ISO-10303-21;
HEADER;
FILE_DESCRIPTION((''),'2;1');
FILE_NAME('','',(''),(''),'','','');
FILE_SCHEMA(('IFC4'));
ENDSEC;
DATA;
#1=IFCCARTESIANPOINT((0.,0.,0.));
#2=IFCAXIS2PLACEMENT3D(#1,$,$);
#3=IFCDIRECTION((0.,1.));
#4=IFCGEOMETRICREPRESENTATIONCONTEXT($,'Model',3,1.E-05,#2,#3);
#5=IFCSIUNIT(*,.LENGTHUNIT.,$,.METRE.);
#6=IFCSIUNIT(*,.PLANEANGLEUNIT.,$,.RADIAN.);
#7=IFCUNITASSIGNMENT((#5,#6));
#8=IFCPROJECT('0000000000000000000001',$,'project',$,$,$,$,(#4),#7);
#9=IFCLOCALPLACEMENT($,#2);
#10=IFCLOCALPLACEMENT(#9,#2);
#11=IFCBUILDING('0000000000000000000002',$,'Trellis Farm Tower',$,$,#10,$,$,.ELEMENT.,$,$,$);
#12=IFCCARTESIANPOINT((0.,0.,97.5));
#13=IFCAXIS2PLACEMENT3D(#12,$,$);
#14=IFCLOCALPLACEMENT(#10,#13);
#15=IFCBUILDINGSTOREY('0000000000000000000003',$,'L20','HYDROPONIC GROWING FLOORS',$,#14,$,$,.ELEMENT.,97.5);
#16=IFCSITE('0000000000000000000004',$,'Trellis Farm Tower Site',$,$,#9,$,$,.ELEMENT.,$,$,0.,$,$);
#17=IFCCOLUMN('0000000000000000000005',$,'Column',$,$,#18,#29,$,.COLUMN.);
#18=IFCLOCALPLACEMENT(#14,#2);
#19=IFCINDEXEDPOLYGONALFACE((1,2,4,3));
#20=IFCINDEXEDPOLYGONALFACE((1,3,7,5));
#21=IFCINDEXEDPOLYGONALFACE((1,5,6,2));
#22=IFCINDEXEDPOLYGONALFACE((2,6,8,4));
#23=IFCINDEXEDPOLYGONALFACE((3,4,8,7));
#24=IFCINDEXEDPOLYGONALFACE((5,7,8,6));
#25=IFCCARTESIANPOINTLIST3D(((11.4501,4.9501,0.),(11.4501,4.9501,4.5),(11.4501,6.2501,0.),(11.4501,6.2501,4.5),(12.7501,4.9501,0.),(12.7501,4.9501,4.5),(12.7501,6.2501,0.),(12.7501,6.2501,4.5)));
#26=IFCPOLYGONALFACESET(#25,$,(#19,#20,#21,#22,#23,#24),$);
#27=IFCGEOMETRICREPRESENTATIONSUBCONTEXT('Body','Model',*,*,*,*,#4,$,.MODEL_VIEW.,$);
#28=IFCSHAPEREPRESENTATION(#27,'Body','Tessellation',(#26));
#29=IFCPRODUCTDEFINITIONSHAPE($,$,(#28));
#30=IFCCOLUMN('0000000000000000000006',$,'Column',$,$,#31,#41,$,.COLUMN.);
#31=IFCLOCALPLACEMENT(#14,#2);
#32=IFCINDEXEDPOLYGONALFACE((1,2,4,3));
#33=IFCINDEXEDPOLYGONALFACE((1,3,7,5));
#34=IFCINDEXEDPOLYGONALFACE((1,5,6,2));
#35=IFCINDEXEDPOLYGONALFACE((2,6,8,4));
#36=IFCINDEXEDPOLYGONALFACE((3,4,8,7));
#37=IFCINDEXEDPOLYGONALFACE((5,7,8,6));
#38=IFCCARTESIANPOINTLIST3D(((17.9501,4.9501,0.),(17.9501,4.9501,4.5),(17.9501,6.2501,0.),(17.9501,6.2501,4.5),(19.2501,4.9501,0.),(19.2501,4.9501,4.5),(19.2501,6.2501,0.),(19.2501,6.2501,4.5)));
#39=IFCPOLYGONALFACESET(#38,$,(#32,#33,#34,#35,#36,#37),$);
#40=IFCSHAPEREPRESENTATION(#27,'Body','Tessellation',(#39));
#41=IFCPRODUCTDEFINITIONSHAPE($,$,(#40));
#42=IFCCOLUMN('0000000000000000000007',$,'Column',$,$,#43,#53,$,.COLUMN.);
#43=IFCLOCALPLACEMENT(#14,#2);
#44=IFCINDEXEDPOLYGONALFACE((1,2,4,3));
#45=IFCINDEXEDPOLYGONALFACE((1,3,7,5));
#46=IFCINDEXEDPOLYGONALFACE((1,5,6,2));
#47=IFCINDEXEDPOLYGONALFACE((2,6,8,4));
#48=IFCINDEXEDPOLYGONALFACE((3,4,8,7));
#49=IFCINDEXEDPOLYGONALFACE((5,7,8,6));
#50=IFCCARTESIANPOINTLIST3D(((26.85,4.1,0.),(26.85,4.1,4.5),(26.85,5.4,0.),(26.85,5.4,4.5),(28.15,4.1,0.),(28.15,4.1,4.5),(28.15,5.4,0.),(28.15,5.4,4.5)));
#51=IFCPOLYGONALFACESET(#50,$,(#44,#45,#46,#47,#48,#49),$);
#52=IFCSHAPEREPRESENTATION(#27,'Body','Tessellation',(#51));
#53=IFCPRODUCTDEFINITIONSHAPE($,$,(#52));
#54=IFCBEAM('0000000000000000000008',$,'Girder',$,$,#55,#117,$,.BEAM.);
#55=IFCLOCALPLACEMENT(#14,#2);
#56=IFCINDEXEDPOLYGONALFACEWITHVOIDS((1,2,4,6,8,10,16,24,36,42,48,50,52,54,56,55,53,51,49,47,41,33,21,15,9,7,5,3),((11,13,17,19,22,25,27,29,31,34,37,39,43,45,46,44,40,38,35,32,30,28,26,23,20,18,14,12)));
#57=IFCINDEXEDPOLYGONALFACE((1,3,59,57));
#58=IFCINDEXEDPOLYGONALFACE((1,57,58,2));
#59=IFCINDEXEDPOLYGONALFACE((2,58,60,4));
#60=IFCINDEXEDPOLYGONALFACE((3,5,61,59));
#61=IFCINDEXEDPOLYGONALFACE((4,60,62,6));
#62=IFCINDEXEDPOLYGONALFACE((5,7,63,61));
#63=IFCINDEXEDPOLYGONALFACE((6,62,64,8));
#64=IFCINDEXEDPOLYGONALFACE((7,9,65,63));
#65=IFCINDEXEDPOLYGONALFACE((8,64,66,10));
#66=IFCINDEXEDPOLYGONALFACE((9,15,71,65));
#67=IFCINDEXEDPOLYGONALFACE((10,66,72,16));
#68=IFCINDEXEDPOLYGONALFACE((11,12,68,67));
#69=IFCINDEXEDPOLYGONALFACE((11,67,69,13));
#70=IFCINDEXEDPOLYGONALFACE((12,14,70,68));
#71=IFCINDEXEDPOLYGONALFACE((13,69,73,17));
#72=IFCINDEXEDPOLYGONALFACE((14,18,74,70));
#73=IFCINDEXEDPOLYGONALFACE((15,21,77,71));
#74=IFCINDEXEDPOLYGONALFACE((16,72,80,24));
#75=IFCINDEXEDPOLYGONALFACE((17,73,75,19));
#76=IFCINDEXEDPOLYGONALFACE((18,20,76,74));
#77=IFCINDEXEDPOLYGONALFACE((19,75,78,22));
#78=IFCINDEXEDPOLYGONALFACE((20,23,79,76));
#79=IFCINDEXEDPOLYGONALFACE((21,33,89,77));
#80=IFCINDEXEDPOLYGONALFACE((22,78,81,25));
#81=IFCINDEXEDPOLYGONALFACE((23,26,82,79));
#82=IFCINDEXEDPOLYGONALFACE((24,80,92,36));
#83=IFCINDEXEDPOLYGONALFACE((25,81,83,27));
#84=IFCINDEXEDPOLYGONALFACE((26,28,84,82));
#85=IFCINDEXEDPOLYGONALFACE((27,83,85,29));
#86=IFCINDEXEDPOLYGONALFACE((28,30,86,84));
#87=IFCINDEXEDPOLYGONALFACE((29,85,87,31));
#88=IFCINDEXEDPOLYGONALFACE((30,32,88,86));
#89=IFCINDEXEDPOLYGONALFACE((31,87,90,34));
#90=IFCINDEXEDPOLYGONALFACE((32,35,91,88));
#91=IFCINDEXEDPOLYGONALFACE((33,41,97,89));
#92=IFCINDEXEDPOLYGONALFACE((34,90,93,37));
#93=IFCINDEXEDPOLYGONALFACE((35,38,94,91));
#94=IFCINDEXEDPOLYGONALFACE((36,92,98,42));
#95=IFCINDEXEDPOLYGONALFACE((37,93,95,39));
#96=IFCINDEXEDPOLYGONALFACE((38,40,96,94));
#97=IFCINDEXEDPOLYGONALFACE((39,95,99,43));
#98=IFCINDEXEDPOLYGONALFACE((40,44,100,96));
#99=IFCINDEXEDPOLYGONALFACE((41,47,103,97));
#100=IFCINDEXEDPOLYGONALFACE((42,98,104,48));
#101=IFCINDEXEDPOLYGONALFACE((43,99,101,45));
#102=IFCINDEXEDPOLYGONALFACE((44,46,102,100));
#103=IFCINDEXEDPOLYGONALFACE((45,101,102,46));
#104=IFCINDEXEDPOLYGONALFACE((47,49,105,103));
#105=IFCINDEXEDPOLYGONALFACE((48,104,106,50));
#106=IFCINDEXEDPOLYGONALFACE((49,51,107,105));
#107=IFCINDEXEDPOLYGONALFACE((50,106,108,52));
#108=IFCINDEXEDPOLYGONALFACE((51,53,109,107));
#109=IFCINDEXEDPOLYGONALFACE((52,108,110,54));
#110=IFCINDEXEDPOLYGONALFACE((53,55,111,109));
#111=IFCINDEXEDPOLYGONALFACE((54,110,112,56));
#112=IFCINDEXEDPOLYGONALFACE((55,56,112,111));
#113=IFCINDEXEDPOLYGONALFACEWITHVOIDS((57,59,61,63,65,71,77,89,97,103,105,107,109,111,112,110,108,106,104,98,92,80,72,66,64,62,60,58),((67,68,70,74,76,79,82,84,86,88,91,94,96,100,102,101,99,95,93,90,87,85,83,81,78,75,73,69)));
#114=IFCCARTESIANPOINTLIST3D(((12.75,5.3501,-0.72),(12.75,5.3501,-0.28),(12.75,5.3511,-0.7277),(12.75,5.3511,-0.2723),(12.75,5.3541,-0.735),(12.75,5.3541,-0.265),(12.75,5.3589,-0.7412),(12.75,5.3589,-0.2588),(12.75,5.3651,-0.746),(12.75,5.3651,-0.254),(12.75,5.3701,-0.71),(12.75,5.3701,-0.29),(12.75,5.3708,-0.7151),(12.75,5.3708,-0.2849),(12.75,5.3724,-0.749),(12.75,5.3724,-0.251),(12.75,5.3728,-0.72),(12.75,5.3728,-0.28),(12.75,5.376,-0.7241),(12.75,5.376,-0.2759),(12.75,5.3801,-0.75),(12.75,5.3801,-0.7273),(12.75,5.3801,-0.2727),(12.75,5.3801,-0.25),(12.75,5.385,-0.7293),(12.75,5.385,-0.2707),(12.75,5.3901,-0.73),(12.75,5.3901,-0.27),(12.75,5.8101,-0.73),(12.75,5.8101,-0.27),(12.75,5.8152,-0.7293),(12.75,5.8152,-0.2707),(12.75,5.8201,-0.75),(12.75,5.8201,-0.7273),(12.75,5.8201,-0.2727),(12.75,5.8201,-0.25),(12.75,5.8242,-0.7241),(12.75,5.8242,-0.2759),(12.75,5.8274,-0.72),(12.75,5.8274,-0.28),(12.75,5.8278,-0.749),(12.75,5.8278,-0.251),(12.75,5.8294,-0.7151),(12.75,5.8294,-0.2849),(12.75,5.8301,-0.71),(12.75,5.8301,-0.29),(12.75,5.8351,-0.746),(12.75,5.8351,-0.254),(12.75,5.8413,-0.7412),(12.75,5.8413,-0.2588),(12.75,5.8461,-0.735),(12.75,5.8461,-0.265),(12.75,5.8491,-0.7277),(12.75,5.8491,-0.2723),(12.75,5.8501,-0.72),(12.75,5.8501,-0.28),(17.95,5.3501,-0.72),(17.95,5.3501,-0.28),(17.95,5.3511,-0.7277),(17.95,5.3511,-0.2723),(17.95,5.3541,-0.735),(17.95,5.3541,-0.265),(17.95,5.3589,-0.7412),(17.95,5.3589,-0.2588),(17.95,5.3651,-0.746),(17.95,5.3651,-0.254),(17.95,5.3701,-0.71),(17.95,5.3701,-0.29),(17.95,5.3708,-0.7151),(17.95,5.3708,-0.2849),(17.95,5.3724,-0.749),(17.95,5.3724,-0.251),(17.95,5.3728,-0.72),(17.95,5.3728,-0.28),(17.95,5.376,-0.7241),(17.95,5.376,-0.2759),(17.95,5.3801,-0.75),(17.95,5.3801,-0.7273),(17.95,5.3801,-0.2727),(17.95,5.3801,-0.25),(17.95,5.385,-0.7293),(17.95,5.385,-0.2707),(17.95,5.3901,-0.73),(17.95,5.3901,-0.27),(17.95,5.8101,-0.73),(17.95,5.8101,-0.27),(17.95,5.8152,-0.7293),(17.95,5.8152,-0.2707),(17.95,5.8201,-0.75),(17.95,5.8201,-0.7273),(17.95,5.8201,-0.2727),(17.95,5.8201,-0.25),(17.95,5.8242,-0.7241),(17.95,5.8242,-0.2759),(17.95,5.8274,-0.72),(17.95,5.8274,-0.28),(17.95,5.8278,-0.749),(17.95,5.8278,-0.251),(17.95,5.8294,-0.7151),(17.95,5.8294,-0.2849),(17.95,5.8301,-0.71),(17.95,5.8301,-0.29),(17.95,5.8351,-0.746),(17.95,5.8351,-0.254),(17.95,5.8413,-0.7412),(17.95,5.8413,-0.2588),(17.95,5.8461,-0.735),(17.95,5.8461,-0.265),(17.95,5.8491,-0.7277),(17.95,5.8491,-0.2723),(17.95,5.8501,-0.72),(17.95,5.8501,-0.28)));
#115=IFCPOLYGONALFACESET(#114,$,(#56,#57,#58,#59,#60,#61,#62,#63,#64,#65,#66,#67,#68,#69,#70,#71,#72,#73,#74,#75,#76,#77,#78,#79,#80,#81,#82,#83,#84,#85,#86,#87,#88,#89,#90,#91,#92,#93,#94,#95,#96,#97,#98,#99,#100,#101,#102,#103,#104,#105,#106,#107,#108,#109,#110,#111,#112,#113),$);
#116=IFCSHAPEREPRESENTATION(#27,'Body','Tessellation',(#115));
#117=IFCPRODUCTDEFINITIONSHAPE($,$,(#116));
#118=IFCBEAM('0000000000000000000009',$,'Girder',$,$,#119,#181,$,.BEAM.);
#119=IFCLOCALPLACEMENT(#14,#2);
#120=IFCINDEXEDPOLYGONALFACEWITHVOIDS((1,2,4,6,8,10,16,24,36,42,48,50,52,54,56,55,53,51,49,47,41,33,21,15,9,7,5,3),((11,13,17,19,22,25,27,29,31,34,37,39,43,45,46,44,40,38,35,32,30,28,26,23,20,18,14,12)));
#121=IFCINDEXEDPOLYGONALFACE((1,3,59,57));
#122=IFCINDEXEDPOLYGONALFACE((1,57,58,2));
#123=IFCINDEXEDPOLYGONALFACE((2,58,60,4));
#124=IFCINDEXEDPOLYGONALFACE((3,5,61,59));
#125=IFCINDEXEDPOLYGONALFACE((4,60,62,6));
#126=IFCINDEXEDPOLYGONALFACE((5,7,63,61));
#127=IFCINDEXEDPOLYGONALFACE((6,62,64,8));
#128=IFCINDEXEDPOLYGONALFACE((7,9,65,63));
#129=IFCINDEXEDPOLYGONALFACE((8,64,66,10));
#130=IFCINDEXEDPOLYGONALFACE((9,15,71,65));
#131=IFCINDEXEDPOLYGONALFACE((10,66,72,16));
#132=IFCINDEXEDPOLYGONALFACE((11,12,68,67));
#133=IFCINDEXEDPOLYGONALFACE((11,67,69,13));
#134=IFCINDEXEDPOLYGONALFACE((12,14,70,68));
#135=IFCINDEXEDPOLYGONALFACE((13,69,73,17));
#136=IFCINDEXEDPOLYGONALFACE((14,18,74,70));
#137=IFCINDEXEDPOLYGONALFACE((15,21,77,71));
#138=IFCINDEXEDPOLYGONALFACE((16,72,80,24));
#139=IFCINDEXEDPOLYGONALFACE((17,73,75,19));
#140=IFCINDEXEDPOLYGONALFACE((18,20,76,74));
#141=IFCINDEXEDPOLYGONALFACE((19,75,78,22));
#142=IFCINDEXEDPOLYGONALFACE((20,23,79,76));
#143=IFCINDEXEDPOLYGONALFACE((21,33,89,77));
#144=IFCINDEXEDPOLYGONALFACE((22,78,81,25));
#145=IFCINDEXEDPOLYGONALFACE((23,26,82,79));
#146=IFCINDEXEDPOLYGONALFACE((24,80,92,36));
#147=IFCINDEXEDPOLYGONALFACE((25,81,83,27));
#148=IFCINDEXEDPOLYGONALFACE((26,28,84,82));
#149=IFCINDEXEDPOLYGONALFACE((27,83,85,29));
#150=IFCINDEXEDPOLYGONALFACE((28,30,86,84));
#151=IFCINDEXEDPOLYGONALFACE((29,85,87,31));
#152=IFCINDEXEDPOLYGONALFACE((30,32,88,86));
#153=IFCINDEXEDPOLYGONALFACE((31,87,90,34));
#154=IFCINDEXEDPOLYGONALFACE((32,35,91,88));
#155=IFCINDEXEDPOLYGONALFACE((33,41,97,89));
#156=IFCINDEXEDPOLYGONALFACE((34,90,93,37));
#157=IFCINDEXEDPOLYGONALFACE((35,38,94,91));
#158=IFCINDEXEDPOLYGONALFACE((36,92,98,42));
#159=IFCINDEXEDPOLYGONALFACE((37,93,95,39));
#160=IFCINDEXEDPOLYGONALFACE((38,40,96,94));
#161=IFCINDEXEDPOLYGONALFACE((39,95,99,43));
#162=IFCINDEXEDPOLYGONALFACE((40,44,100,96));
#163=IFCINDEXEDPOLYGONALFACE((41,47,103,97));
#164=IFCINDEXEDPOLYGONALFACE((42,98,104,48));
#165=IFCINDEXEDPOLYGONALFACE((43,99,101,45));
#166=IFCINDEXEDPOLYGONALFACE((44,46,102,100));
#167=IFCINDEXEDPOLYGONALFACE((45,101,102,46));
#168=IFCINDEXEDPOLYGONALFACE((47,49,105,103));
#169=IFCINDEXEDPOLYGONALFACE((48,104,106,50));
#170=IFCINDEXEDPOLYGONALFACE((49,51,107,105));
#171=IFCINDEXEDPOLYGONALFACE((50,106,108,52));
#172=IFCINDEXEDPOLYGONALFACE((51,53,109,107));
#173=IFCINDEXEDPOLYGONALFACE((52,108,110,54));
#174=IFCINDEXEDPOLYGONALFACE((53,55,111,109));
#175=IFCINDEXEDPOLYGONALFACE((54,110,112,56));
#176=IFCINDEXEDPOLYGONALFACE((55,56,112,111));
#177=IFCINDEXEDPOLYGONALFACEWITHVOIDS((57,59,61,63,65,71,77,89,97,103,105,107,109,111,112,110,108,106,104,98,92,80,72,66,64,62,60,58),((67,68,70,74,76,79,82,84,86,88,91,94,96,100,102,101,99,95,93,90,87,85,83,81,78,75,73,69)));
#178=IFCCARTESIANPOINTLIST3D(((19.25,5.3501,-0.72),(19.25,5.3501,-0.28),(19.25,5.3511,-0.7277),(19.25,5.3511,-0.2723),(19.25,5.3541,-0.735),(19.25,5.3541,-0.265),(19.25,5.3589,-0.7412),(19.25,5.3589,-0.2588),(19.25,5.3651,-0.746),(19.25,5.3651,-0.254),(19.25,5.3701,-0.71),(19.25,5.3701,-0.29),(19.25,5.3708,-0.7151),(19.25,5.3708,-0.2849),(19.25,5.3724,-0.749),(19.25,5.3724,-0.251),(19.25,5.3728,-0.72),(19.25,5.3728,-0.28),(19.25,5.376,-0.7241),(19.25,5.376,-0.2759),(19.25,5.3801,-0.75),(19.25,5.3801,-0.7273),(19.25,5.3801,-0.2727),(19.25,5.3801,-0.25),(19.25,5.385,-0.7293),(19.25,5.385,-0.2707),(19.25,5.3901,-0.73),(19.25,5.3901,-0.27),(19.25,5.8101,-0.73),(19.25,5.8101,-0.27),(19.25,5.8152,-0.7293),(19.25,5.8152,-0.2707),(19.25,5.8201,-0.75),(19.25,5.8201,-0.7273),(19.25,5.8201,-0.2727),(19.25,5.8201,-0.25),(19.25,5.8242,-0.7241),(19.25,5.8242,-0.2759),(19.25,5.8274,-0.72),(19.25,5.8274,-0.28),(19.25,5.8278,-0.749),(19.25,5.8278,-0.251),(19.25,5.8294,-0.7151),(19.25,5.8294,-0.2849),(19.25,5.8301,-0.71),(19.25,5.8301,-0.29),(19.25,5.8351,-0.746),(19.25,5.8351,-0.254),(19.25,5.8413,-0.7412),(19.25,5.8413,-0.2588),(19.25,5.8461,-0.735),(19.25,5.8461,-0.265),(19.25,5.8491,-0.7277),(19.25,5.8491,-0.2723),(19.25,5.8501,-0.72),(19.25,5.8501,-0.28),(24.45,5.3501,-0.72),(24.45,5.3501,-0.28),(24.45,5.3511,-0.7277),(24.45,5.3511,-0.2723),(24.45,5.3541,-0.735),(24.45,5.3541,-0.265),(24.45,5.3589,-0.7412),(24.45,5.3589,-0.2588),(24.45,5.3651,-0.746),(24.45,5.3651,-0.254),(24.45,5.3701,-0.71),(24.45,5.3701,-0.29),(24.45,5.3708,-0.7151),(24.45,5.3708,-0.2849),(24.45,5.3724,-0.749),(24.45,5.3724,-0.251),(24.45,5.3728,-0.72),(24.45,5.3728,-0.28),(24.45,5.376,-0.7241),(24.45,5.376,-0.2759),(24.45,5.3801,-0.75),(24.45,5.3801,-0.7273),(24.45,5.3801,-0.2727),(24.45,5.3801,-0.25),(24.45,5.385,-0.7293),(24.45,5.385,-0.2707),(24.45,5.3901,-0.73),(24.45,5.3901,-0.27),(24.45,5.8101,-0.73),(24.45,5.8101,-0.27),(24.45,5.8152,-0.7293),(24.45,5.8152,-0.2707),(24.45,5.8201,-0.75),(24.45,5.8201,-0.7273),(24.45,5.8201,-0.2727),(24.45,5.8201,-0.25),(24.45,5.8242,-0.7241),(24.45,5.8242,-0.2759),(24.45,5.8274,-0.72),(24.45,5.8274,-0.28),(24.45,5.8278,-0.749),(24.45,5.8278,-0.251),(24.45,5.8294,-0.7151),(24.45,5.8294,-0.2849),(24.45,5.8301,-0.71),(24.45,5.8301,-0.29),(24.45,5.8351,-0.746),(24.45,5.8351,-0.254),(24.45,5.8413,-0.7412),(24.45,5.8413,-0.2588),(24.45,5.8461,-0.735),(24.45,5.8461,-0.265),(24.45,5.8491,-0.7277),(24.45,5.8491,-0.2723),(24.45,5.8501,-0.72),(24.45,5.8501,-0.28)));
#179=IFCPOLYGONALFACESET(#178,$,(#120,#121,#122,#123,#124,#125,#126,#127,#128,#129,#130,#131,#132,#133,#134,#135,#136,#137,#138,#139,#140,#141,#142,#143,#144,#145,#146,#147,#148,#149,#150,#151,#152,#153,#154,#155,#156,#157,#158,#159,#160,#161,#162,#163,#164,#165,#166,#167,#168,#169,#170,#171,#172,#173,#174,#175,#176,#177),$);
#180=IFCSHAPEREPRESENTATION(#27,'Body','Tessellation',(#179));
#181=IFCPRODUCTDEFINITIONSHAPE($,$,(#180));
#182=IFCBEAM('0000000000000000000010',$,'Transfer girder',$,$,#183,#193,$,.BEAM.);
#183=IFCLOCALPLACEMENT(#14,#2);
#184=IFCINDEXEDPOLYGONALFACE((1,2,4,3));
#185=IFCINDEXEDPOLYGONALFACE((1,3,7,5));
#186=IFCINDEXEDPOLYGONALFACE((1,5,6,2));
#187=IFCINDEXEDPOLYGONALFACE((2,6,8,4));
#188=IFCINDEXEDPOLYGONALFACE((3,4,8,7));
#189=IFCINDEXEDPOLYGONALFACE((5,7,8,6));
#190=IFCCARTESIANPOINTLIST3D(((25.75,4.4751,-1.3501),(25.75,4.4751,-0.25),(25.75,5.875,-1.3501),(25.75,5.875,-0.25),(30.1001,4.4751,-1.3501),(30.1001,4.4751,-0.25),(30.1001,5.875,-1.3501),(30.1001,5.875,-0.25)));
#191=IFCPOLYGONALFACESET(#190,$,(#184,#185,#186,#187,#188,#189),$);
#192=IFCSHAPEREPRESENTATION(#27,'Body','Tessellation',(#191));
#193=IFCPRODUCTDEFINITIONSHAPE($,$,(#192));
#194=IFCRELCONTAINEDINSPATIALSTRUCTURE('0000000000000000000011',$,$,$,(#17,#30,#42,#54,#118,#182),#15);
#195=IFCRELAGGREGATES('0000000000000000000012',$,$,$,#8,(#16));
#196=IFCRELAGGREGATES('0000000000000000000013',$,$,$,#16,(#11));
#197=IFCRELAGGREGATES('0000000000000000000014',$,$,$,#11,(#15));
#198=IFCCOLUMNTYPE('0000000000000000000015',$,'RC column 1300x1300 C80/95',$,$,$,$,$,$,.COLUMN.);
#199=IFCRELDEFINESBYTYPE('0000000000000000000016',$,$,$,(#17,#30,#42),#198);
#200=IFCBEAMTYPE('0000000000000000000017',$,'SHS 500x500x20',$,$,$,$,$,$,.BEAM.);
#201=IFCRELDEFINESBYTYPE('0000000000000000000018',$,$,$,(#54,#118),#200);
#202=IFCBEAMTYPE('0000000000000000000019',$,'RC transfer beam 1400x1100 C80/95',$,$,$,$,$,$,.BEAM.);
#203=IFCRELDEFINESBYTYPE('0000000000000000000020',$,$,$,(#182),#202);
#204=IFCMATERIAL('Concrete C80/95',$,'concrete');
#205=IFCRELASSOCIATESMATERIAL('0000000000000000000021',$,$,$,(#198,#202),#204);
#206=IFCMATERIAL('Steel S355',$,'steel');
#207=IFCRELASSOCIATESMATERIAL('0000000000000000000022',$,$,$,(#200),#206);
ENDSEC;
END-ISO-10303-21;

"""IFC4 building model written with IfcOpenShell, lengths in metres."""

from ifc_helpers import new_model, si_unit, direction, frame, origin, origin_2d, place, context, subcontext, project, spatial, rectangle, hollow_rectangle, extrude, source, transform, mapped, material, material_profile, profile_set, type_object, element, save


model = new_model("IFC4")

# Units and contexts
model_context = context("Model", 3, precision=1e-05, world=origin(), true_north=direction((0.0, 1.0)))
body_context = subcontext(model_context, "Body", "Model", "MODEL_VIEW")
ifc_project = project(units=[si_unit("LENGTHUNIT", "METRE"), si_unit("PLANEANGLEUNIT", "RADIAN")], contexts=[model_context])

# Site, building, storey
site_placement = place(None, origin())
site = spatial("IfcSite", under=ifc_project, at=site_placement, Name="Trellis Farm Tower Site", CompositionType="ELEMENT", RefElevation=0.0)
building_placement = place(site_placement, origin())
building = spatial("IfcBuilding", under=site, at=building_placement, Name="Trellis Farm Tower", CompositionType="ELEMENT")
storey_placement = place(building_placement, frame((0.0, 0.0, 97.5)))
storey = spatial("IfcBuildingStorey", under=building, at=storey_placement, Name="L20", Description="HYDROPONIC GROWING FLOORS", CompositionType="ELEMENT", Elevation=97.5)

# Columns
ifc_material_1 = material(Name="Concrete C80/95", Category="concrete")
ifc_material_profile_1 = material_profile(ifc_material_1, rectangle(XDim=1.3, YDim=1.3, at=origin_2d()), Name="RC column 1300x1300 C80/95")
ifc_profile_set_1 = profile_set([ifc_material_profile_1], Name="Concrete C80/95")
column_type = type_object("IfcColumnType", Name="RC column 1300x1300 C80/95", PredefinedType="COLUMN", material=ifc_profile_set_1)
shared_shape_1 = source(origin(), body_context, "Body", "SweptSolid", [
    extrude(rectangle(XDim=1.3, YDim=1.3, at=origin_2d()), origin(), (0.0, 0.0, 1.0), 4.5),
])
for number, where, z_axis, x_axis, name in (
    (1, (12.1001, 5.6001, 0.0), (0.0, 0.0, 1.0), (1.0, 0.0, 0.0), "Column"),
    (2, (18.6001, 5.6001, 0.0), (0.0, 0.0, 1.0), (1.0, 0.0, 0.0), "Column"),
    (3, (27.5, 4.75, 0.0), (0.0, 0.0, 1.0), (1.0, 0.0, 0.0), "Column"),
):
    element("IfcColumn", number, at=place(storey_placement, frame(where, z_axis=z_axis, x_axis=x_axis)), inside=storey, type_object=column_type, Name=name, PredefinedType="COLUMN", context=body_context, shape_type="MappedRepresentation", body=[
        mapped(shared_shape_1, transform((0.0, 0.0, 0.0))),
    ])

# Beams
ifc_material_2 = material(Name="Steel S355", Category="steel")
ifc_material_profile_2 = material_profile(ifc_material_2, hollow_rectangle(XDim=0.5, YDim=0.5, WallThickness=0.02, InnerFilletRadius=0.02, OuterFilletRadius=0.03, at=origin_2d()), Name="SHS 500x500x20")
ifc_profile_set_2 = profile_set([ifc_material_profile_2], Name="Steel S355")
beam_type_1 = type_object("IfcBeamType", Name="SHS 500x500x20", PredefinedType="BEAM", material=ifc_profile_set_2)
shared_shape_2 = source(origin(), body_context, "Body", "SweptSolid", [
    extrude(hollow_rectangle(XDim=0.5, YDim=0.5, WallThickness=0.02, InnerFilletRadius=0.02, OuterFilletRadius=0.03, at=origin_2d()), origin(), (0.0, 0.0, 1.0), 5.2),
])
for number, where, z_axis, x_axis, name in (
    (4, (12.75, 5.6001, -0.5), (1.0, 0.0, 0.0), (0.0, 1.0, 0.0), "Girder"),
    (5, (19.25, 5.6001, -0.5), (1.0, 0.0, 0.0), (0.0, 1.0, 0.0), "Girder"),
):
    element("IfcBeam", number, at=place(storey_placement, frame(where, z_axis=z_axis, x_axis=x_axis)), inside=storey, type_object=beam_type_1, Name=name, PredefinedType="BEAM", context=body_context, shape_type="MappedRepresentation", body=[
        mapped(shared_shape_2, transform((0.0, 0.0, 0.0))),
    ])
ifc_material_profile_3 = material_profile(ifc_material_1, rectangle(XDim=1.3999, YDim=1.1001, at=origin_2d()), Name="RC transfer beam 1400x1100 C80/95")
ifc_profile_set_3 = profile_set([ifc_material_profile_3], Name="Concrete C80/95")
beam_type_2 = type_object("IfcBeamType", Name="RC transfer beam 1400x1100 C80/95", PredefinedType="BEAM", material=ifc_profile_set_3)
shared_shape_3 = source(origin(), body_context, "Body", "SweptSolid", [
    extrude(rectangle(XDim=1.3999, YDim=1.1001, at=origin_2d()), origin(), (0.0, 0.0, 1.0), 4.3501),
])
beam_1_placement = place(storey_placement, frame((25.75, 5.175, -0.8), z_axis=(1.0, 0.0, 0.0), x_axis=(0.0, 1.0, 0.0)))
element("IfcBeam", 6, at=beam_1_placement, inside=storey, type_object=beam_type_2, Name="Transfer girder", PredefinedType="BEAM", context=body_context, shape_type="MappedRepresentation", body=[
    mapped(shared_shape_3, transform((0.0, 0.0, 0.0))),
])

save(model, "model.ifc")
